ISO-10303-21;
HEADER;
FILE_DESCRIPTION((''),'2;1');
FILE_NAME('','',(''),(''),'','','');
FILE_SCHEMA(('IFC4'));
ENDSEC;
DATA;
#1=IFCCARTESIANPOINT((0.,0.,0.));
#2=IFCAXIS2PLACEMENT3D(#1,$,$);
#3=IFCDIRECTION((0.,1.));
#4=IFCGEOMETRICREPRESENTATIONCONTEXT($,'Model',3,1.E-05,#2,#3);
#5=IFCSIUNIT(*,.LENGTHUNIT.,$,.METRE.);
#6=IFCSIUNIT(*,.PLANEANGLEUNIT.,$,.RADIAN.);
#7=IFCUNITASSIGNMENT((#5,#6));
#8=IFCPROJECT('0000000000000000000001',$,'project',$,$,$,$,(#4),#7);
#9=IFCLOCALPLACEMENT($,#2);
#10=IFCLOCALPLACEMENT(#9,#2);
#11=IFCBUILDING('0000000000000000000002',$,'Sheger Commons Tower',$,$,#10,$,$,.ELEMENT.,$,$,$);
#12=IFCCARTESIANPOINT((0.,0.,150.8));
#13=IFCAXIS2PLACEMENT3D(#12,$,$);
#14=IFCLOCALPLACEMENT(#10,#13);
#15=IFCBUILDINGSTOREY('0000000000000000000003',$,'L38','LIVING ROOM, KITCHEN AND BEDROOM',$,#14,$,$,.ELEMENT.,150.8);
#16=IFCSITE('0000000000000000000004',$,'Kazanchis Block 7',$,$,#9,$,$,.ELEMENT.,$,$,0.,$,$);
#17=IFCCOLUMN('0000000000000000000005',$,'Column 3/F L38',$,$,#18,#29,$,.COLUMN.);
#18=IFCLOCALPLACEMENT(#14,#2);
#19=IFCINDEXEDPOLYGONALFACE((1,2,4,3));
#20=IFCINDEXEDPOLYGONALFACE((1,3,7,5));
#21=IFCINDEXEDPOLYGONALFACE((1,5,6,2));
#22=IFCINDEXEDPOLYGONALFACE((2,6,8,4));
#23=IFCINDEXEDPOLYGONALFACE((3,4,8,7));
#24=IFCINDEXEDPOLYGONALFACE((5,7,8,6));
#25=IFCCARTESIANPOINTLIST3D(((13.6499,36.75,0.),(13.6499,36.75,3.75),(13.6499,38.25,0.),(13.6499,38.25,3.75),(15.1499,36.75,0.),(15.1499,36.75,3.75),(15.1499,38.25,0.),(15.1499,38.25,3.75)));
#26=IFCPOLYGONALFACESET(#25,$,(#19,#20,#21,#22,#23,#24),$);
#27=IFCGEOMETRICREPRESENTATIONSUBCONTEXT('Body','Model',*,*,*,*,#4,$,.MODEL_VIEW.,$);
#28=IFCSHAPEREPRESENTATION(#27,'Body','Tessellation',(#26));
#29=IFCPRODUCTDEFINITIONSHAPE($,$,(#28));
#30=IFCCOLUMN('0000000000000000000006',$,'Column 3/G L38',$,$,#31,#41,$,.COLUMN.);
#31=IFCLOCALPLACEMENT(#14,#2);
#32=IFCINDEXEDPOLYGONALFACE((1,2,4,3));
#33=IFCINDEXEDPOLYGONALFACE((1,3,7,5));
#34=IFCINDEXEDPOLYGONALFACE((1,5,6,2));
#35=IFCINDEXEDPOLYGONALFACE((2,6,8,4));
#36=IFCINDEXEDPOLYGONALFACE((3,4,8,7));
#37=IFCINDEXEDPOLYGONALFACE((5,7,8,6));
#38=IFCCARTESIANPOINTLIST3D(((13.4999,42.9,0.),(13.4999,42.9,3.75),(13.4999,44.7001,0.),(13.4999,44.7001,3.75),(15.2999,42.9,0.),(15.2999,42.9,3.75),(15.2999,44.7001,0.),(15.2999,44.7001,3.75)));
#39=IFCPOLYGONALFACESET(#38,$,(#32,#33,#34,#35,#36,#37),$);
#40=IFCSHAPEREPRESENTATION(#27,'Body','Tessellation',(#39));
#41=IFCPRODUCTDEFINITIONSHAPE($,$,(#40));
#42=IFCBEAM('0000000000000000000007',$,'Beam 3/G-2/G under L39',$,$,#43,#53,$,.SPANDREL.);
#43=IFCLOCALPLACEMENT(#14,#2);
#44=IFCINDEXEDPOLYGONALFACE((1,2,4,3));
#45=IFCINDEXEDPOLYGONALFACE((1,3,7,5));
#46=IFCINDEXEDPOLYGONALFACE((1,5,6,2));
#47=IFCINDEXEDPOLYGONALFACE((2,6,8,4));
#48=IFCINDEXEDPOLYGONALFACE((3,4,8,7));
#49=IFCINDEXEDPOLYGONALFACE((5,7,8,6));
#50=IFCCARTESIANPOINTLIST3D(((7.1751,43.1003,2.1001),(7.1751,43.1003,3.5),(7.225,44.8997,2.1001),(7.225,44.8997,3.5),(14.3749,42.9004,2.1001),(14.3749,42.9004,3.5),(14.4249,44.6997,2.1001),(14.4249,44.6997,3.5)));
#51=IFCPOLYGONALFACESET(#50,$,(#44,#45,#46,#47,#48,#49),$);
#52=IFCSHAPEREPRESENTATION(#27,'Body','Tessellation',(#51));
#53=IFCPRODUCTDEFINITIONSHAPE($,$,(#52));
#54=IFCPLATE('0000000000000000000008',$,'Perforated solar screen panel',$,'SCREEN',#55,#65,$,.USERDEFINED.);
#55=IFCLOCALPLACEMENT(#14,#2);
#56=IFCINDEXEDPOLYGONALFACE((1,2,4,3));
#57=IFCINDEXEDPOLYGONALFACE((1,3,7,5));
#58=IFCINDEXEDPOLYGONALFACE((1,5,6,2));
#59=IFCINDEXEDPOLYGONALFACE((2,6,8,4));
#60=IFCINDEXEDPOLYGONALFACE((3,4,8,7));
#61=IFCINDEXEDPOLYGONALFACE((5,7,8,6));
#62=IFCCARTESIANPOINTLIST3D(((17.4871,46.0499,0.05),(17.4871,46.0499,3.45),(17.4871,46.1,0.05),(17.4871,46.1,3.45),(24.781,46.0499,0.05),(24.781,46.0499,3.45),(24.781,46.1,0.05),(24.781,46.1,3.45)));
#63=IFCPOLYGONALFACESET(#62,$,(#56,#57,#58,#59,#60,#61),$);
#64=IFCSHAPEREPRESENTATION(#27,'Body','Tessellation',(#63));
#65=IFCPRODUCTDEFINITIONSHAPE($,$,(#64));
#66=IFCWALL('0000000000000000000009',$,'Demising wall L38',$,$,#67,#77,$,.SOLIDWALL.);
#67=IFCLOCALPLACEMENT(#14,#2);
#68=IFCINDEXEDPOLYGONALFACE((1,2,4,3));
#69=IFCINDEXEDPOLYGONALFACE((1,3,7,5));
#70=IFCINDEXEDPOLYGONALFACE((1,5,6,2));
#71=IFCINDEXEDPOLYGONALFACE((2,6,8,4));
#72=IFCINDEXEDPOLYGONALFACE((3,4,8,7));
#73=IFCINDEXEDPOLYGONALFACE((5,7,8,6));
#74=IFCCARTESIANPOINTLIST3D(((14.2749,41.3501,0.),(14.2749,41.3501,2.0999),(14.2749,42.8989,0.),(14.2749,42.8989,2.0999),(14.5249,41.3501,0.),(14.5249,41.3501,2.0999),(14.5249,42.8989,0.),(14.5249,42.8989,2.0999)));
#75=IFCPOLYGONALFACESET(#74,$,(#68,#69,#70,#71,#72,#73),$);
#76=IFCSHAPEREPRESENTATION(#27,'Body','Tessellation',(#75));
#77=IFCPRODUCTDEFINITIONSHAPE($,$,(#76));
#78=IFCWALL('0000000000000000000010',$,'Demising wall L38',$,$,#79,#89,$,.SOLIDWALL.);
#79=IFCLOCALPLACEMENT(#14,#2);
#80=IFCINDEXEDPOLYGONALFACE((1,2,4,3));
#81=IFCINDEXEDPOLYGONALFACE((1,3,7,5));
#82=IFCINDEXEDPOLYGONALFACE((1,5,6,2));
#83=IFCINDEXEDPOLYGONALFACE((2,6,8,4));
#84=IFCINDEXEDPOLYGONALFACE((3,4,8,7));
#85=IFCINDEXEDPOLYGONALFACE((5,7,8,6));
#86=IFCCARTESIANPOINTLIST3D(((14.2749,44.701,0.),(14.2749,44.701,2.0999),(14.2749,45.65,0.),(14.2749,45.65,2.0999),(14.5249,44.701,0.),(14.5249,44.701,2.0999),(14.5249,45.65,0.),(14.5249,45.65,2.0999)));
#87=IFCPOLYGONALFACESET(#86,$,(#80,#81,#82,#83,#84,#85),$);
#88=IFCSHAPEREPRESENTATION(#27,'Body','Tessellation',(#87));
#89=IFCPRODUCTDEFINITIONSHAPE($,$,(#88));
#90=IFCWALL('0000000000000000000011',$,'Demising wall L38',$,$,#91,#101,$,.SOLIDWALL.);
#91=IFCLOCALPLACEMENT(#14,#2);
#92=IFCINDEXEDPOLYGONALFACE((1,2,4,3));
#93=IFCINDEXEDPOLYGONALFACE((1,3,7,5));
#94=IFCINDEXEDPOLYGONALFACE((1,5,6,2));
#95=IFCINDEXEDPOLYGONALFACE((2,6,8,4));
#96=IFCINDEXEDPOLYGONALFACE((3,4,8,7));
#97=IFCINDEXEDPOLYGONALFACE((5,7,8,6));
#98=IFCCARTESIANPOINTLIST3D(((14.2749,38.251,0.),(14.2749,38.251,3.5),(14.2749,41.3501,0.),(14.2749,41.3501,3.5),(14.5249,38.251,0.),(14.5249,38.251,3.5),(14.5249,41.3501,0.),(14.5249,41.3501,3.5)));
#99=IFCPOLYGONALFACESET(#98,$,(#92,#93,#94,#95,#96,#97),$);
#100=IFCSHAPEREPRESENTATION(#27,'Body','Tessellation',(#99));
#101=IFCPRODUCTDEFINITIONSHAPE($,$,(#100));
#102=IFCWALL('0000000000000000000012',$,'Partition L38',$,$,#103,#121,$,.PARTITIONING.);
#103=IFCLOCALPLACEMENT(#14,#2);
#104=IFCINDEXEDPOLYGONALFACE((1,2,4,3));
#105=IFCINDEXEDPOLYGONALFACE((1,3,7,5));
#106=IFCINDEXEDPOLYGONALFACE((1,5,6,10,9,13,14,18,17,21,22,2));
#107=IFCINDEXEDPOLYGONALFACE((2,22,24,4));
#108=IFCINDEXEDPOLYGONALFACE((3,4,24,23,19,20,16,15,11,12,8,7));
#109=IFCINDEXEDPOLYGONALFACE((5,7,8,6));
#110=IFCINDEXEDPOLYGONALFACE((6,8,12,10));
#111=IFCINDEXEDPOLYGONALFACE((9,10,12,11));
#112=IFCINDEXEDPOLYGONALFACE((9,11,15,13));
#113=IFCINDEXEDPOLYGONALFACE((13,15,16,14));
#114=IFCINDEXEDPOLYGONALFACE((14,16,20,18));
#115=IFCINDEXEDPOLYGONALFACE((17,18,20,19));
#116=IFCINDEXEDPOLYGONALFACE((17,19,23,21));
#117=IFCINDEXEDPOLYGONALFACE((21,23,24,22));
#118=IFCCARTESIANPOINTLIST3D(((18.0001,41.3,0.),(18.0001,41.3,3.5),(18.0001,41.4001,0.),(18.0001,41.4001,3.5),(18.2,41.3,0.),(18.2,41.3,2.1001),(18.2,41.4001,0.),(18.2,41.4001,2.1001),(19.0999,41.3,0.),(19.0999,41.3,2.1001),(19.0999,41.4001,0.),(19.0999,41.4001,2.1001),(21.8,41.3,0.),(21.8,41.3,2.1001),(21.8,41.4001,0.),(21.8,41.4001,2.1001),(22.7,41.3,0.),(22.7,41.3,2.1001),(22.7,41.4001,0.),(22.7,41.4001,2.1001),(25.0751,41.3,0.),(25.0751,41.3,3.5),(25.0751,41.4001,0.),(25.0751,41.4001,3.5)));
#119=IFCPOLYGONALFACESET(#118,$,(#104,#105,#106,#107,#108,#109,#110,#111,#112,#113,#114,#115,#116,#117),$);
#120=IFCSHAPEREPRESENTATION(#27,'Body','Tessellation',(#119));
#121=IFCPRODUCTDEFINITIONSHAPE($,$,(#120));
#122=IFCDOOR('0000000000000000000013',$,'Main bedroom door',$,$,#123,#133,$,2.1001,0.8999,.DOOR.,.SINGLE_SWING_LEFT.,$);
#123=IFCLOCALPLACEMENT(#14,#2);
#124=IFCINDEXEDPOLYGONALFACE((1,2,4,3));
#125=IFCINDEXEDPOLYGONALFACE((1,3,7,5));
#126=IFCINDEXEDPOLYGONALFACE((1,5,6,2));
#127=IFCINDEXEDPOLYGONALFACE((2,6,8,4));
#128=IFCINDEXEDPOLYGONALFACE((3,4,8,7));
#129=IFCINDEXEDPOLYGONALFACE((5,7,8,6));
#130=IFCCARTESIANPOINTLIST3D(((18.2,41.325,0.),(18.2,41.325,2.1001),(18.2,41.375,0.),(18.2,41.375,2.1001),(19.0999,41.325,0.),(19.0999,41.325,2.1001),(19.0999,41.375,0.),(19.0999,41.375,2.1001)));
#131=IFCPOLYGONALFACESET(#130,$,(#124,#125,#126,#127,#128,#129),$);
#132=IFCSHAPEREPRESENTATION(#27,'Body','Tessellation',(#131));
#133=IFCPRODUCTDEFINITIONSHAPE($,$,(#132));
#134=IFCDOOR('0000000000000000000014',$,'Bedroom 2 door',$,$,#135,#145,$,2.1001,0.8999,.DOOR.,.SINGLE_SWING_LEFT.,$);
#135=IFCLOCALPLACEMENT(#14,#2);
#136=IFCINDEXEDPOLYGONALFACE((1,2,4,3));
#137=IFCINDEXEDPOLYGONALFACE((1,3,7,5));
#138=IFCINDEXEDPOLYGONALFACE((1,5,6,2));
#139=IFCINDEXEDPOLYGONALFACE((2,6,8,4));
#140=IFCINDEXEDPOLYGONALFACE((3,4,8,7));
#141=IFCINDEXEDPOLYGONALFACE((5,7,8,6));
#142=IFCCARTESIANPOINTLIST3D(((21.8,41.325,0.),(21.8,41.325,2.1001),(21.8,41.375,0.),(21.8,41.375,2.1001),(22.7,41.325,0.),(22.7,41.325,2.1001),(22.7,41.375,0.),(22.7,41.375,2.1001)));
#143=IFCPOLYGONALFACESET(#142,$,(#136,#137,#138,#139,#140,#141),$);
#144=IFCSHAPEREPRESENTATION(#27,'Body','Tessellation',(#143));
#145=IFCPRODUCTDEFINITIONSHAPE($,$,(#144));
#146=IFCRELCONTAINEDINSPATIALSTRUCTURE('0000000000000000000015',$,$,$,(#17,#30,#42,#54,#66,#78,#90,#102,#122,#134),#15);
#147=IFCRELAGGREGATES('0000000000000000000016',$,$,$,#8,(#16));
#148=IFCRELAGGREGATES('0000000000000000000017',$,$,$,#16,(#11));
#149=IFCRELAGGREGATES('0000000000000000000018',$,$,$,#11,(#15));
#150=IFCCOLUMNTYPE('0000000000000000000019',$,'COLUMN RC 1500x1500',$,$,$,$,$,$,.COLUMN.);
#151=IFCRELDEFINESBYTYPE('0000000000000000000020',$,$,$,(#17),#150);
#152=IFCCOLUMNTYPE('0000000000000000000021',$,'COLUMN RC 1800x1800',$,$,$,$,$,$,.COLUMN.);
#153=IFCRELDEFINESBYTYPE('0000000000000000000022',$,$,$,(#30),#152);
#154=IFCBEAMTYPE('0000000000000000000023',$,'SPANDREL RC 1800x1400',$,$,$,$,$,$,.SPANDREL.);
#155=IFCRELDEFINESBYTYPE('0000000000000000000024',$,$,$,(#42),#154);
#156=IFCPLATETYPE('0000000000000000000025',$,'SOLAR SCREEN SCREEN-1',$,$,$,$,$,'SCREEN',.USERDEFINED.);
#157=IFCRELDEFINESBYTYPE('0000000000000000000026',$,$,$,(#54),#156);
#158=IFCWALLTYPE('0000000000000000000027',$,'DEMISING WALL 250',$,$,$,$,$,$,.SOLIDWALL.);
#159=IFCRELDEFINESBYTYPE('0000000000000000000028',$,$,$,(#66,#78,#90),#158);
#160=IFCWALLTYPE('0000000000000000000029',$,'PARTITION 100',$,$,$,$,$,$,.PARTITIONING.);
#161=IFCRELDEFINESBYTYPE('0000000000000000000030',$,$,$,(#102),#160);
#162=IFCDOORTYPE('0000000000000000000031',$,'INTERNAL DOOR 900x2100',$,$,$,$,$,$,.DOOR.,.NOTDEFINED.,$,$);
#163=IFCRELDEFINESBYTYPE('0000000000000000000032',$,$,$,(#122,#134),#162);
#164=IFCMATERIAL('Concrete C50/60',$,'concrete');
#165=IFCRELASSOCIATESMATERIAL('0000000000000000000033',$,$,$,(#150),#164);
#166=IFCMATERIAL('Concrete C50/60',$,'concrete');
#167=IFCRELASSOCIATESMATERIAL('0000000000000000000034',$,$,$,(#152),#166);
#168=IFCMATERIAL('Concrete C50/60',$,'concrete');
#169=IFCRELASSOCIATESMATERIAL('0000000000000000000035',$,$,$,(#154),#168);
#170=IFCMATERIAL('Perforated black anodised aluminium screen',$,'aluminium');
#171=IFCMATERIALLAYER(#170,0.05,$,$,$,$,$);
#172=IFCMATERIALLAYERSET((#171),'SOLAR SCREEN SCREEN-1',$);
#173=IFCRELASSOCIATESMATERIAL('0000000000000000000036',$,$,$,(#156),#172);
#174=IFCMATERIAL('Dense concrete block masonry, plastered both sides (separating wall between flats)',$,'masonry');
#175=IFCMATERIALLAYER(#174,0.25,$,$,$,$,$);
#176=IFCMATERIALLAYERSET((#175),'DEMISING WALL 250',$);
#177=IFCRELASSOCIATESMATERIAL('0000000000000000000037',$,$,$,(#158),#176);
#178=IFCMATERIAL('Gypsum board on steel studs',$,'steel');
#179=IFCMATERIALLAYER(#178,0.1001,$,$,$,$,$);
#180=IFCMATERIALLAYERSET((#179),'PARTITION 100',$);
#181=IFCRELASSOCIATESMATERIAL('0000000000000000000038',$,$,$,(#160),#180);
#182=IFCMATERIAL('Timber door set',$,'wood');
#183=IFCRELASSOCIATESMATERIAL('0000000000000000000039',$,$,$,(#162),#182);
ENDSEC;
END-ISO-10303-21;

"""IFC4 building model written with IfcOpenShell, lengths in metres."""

from ifc_helpers import new_model, si_unit, direction, frame, frame_2d, origin, origin_2d, place, context, subcontext, project, spatial, rectangle, extrude, material, layer, layer_set, material_profile, profile_set, type_object, element, fill, save


model = new_model("IFC4")

# Units and contexts
model_context = context("Model", 3, precision=1e-05, world=origin(), true_north=direction((0.0, 1.0)))
body_context = subcontext(model_context, "Body", "Model", "MODEL_VIEW")
ifc_project = project(units=[si_unit("LENGTHUNIT", "METRE"), si_unit("PLANEANGLEUNIT", "RADIAN")], contexts=[model_context])

# Site, building, storey
site_placement = place(None, origin())
site = spatial("IfcSite", under=ifc_project, at=site_placement, Name="Kazanchis Block 7", CompositionType="ELEMENT", RefElevation=0.0)
building_placement = place(site_placement, origin())
building = spatial("IfcBuilding", under=site, at=building_placement, Name="Sheger Commons Tower", CompositionType="ELEMENT")
storey_placement = place(building_placement, frame((0.0, 0.0, 150.8)))
storey = spatial("IfcBuildingStorey", under=building, at=storey_placement, Name="L38", Description="LIVING ROOM, KITCHEN AND BEDROOM", CompositionType="ELEMENT", Elevation=150.8)

# Columns
ifc_material_1 = material(Name="Concrete C50/60", Category="concrete")
ifc_material_profile_1 = material_profile(ifc_material_1, rectangle(XDim=1.5, YDim=1.5, at=origin_2d()), Name="RC 1500x1500")
ifc_profile_set_1 = profile_set([ifc_material_profile_1], Name="Concrete C50/60")
column_type_1 = type_object("IfcColumnType", Name="COLUMN RC 1500x1500", PredefinedType="COLUMN", material=ifc_profile_set_1)
column_1_placement = place(storey_placement, frame((14.3999, 37.5, 0.0), z_axis=(0.0, 0.0, 1.0), x_axis=(1.0, 0.0, 0.0)))
element("IfcColumn", 1, at=column_1_placement, inside=storey, type_object=column_type_1, Name="Column 3/F L38", PredefinedType="COLUMN", context=body_context, shape_type="SweptSolid", body=[
    extrude(rectangle(XDim=1.5, YDim=1.5, at=origin_2d()), origin(), (0.0, 0.0, 1.0), 3.75),
])
ifc_material_2 = material(Name="Concrete C50/60", Category="concrete")
ifc_material_profile_2 = material_profile(ifc_material_2, rectangle(XDim=1.8, YDim=1.8, at=origin_2d()), Name="RC 1800x1800")
ifc_profile_set_2 = profile_set([ifc_material_profile_2], Name="Concrete C50/60")
column_type_2 = type_object("IfcColumnType", Name="COLUMN RC 1800x1800", PredefinedType="COLUMN", material=ifc_profile_set_2)
column_2_placement = place(storey_placement, frame((14.3999, 43.8, 0.0), z_axis=(0.0, 0.0, 1.0), x_axis=(1.0, 0.0, 0.0)))
element("IfcColumn", 2, at=column_2_placement, inside=storey, type_object=column_type_2, Name="Column 3/G L38", PredefinedType="COLUMN", context=body_context, shape_type="SweptSolid", body=[
    extrude(rectangle(XDim=1.8, YDim=1.8, at=origin_2d()), origin(), (0.0, 0.0, 1.0), 3.75),
])

# Beam
ifc_material_3 = material(Name="Concrete C50/60", Category="concrete")
ifc_material_profile_3 = material_profile(ifc_material_3, rectangle(XDim=1.8, YDim=1.3999, at=origin_2d()), Name="RC 1800x1400")
ifc_profile_set_3 = profile_set([ifc_material_profile_3], Name="Concrete C50/60")
beam_type = type_object("IfcBeamType", Name="SPANDREL RC 1800x1400", PredefinedType="SPANDREL", material=ifc_profile_set_3)
beam_placement = place(storey_placement, frame((14.3999, 43.8, 2.8), z_axis=(-0.999615, 0.02776, 0.0), x_axis=(-0.02776, -0.999615, 0.0)))
element("IfcBeam", 3, at=beam_placement, inside=storey, type_object=beam_type, Name="Beam 3/G-2/G under L39", PredefinedType="SPANDREL", context=body_context, shape_type="SweptSolid", body=[
    extrude(rectangle(XDim=1.8, YDim=1.3999, at=origin_2d()), origin(), (0.0, 0.0, 1.0), 7.2026),
])

# Plate
ifc_material_4 = material(Name="Perforated black anodised aluminium screen", Category="aluminium")
ifc_layer_1 = layer(ifc_material_4, 0.05)
ifc_layer_set_1 = layer_set([ifc_layer_1], Name="SOLAR SCREEN SCREEN-1")
plate_type = type_object("IfcPlateType", Name="SOLAR SCREEN SCREEN-1", ElementType="SCREEN", PredefinedType="USERDEFINED", material=ifc_layer_set_1)
plate_placement = place(storey_placement, frame((21.134, 46.075, 0.05), z_axis=(0.0, 0.0, 1.0), x_axis=(-1.0, 0.0, 0.0)))
element("IfcPlate", 4, at=plate_placement, inside=storey, type_object=plate_type, Name="Perforated solar screen panel", ObjectType="SCREEN", PredefinedType="USERDEFINED", context=body_context, shape_type="SweptSolid", body=[
    extrude(rectangle(XDim=7.2939, YDim=0.05, at=origin_2d()), origin(), (0.0, 0.0, 1.0), 3.3999),
])

# Walls
ifc_material_5 = material(Name="Dense concrete block masonry, plastered both sides (separating wall between flats)", Category="masonry")
ifc_layer_2 = layer(ifc_material_5, 0.25)
ifc_layer_set_2 = layer_set([ifc_layer_2], Name="DEMISING WALL 250")
wall_type_1 = type_object("IfcWallType", Name="DEMISING WALL 250", PredefinedType="SOLIDWALL", material=ifc_layer_set_2)
wall_1_placement = place(storey_placement, frame((14.3999, 41.3501, 0.0), z_axis=(0.0, 0.0, 1.0), x_axis=(0.0, 1.0, 0.0)))
element("IfcWall", 5, at=wall_1_placement, inside=storey, type_object=wall_type_1, Name="Demising wall L38", PredefinedType="SOLIDWALL", context=body_context, shape_type="SweptSolid", body=[
    extrude(rectangle(XDim=1.5488, YDim=0.25, at=frame_2d((0.7744, 0.0))), origin(), (0.0, 0.0, 1.0), 2.0999),
])
wall_2_placement = place(storey_placement, frame((14.3999, 44.7009, 0.0), z_axis=(0.0, 0.0, 1.0), x_axis=(0.0, 1.0, 0.0)))
element("IfcWall", 6, at=wall_2_placement, inside=storey, type_object=wall_type_1, Name="Demising wall L38", PredefinedType="SOLIDWALL", context=body_context, shape_type="SweptSolid", body=[
    extrude(rectangle(XDim=0.949, YDim=0.25, at=frame_2d((0.4746, 0.0))), origin(), (0.0, 0.0, 1.0), 2.0999),
])
wall_3_placement = place(storey_placement, frame((14.3999, 38.251, 0.0), z_axis=(0.0, 0.0, 1.0), x_axis=(0.0, 1.0, 0.0)))
element("IfcWall", 7, at=wall_3_placement, inside=storey, type_object=wall_type_1, Name="Demising wall L38", PredefinedType="SOLIDWALL", context=body_context, shape_type="SweptSolid", body=[
    extrude(rectangle(XDim=3.0991, YDim=0.25, at=frame_2d((1.5496, 0.0))), origin(), (0.0, 0.0, 1.0), 3.5),
])

# Wall, openings, doors
ifc_material_6 = material(Name="Gypsum board on steel studs", Category="steel")
ifc_layer_3 = layer(ifc_material_6, 0.1001)
ifc_layer_set_3 = layer_set([ifc_layer_3], Name="PARTITION 100")
wall_type_2 = type_object("IfcWallType", Name="PARTITION 100", PredefinedType="PARTITIONING", material=ifc_layer_set_3)
wall_4_placement = place(storey_placement, frame((18.0, 41.3501, 0.0), z_axis=(0.0, 0.0, 1.0), x_axis=(1.0, 0.0, 0.0)))
wall_4 = element("IfcWall", 8, at=wall_4_placement, inside=storey, type_object=wall_type_2, Name="Partition L38", PredefinedType="PARTITIONING", context=body_context, shape_type="SweptSolid", body=[
    extrude(rectangle(XDim=7.075, YDim=0.1001, at=frame_2d((3.5376, 0.0))), origin(), (0.0, 0.0, 1.0), 3.5),
])
opening_1_placement = place(wall_4_placement, frame((0.2, 0.0, 0.0)))
opening_1 = element("IfcOpeningElement", 9, at=opening_1_placement, cuts=wall_4, PredefinedType="OPENING", context=body_context, shape_type="SweptSolid", body=[
    extrude(rectangle(XDim=0.8999, YDim=2.1001, at=frame_2d((0.45, 1.05))), frame((0.0, 0.0601, 0.0), z_axis=(0.0, -1.0, 0.0), x_axis=(1.0, 0.0, 0.0)), (0.0, 0.0, 1.0), 0.1201),
])
opening_2_placement = place(wall_4_placement, frame((3.8, 0.0, 0.0)))
opening_2 = element("IfcOpeningElement", 10, at=opening_2_placement, cuts=wall_4, PredefinedType="OPENING", context=body_context, shape_type="SweptSolid", body=[
    extrude(rectangle(XDim=0.8999, YDim=2.1001, at=frame_2d((0.45, 1.05))), frame((0.0, 0.0601, 0.0), z_axis=(0.0, -1.0, 0.0), x_axis=(1.0, 0.0, 0.0)), (0.0, 0.0, 1.0), 0.1201),
])
ifc_material_7 = material(Name="Timber door set", Category="wood")
door_type = type_object("IfcDoorType", Name="INTERNAL DOOR 900x2100", OperationType="NOTDEFINED", PredefinedType="DOOR", material=ifc_material_7)
door_1_placement = place(opening_1_placement, origin())
door_1 = element("IfcDoor", 11, at=door_1_placement, inside=storey, type_object=door_type, Name="Main bedroom door", OperationType="SINGLE_SWING_LEFT", OverallHeight=2.1001, OverallWidth=0.8999, PredefinedType="DOOR", context=body_context, shape_type="SweptSolid", body=[
    extrude(rectangle(XDim=0.8999, YDim=2.1001, at=frame_2d((0.45, 1.05))), frame((0.0, 0.0249, 0.0), z_axis=(0.0, -1.0, 0.0), x_axis=(1.0, 0.0, 0.0)), (0.0, 0.0, 1.0), 0.05),
])
fill(opening_1, door_1)
door_2_placement = place(opening_2_placement, origin())
door_2 = element("IfcDoor", 12, at=door_2_placement, inside=storey, type_object=door_type, Name="Bedroom 2 door", OperationType="SINGLE_SWING_LEFT", OverallHeight=2.1001, OverallWidth=0.8999, PredefinedType="DOOR", context=body_context, shape_type="SweptSolid", body=[
    extrude(rectangle(XDim=0.8999, YDim=2.1001, at=frame_2d((0.45, 1.05))), frame((0.0, 0.0249, 0.0), z_axis=(0.0, -1.0, 0.0), x_axis=(1.0, 0.0, 0.0)), (0.0, 0.0, 1.0), 0.05),
])
fill(opening_2, door_2)

save(model, "model.ifc")
